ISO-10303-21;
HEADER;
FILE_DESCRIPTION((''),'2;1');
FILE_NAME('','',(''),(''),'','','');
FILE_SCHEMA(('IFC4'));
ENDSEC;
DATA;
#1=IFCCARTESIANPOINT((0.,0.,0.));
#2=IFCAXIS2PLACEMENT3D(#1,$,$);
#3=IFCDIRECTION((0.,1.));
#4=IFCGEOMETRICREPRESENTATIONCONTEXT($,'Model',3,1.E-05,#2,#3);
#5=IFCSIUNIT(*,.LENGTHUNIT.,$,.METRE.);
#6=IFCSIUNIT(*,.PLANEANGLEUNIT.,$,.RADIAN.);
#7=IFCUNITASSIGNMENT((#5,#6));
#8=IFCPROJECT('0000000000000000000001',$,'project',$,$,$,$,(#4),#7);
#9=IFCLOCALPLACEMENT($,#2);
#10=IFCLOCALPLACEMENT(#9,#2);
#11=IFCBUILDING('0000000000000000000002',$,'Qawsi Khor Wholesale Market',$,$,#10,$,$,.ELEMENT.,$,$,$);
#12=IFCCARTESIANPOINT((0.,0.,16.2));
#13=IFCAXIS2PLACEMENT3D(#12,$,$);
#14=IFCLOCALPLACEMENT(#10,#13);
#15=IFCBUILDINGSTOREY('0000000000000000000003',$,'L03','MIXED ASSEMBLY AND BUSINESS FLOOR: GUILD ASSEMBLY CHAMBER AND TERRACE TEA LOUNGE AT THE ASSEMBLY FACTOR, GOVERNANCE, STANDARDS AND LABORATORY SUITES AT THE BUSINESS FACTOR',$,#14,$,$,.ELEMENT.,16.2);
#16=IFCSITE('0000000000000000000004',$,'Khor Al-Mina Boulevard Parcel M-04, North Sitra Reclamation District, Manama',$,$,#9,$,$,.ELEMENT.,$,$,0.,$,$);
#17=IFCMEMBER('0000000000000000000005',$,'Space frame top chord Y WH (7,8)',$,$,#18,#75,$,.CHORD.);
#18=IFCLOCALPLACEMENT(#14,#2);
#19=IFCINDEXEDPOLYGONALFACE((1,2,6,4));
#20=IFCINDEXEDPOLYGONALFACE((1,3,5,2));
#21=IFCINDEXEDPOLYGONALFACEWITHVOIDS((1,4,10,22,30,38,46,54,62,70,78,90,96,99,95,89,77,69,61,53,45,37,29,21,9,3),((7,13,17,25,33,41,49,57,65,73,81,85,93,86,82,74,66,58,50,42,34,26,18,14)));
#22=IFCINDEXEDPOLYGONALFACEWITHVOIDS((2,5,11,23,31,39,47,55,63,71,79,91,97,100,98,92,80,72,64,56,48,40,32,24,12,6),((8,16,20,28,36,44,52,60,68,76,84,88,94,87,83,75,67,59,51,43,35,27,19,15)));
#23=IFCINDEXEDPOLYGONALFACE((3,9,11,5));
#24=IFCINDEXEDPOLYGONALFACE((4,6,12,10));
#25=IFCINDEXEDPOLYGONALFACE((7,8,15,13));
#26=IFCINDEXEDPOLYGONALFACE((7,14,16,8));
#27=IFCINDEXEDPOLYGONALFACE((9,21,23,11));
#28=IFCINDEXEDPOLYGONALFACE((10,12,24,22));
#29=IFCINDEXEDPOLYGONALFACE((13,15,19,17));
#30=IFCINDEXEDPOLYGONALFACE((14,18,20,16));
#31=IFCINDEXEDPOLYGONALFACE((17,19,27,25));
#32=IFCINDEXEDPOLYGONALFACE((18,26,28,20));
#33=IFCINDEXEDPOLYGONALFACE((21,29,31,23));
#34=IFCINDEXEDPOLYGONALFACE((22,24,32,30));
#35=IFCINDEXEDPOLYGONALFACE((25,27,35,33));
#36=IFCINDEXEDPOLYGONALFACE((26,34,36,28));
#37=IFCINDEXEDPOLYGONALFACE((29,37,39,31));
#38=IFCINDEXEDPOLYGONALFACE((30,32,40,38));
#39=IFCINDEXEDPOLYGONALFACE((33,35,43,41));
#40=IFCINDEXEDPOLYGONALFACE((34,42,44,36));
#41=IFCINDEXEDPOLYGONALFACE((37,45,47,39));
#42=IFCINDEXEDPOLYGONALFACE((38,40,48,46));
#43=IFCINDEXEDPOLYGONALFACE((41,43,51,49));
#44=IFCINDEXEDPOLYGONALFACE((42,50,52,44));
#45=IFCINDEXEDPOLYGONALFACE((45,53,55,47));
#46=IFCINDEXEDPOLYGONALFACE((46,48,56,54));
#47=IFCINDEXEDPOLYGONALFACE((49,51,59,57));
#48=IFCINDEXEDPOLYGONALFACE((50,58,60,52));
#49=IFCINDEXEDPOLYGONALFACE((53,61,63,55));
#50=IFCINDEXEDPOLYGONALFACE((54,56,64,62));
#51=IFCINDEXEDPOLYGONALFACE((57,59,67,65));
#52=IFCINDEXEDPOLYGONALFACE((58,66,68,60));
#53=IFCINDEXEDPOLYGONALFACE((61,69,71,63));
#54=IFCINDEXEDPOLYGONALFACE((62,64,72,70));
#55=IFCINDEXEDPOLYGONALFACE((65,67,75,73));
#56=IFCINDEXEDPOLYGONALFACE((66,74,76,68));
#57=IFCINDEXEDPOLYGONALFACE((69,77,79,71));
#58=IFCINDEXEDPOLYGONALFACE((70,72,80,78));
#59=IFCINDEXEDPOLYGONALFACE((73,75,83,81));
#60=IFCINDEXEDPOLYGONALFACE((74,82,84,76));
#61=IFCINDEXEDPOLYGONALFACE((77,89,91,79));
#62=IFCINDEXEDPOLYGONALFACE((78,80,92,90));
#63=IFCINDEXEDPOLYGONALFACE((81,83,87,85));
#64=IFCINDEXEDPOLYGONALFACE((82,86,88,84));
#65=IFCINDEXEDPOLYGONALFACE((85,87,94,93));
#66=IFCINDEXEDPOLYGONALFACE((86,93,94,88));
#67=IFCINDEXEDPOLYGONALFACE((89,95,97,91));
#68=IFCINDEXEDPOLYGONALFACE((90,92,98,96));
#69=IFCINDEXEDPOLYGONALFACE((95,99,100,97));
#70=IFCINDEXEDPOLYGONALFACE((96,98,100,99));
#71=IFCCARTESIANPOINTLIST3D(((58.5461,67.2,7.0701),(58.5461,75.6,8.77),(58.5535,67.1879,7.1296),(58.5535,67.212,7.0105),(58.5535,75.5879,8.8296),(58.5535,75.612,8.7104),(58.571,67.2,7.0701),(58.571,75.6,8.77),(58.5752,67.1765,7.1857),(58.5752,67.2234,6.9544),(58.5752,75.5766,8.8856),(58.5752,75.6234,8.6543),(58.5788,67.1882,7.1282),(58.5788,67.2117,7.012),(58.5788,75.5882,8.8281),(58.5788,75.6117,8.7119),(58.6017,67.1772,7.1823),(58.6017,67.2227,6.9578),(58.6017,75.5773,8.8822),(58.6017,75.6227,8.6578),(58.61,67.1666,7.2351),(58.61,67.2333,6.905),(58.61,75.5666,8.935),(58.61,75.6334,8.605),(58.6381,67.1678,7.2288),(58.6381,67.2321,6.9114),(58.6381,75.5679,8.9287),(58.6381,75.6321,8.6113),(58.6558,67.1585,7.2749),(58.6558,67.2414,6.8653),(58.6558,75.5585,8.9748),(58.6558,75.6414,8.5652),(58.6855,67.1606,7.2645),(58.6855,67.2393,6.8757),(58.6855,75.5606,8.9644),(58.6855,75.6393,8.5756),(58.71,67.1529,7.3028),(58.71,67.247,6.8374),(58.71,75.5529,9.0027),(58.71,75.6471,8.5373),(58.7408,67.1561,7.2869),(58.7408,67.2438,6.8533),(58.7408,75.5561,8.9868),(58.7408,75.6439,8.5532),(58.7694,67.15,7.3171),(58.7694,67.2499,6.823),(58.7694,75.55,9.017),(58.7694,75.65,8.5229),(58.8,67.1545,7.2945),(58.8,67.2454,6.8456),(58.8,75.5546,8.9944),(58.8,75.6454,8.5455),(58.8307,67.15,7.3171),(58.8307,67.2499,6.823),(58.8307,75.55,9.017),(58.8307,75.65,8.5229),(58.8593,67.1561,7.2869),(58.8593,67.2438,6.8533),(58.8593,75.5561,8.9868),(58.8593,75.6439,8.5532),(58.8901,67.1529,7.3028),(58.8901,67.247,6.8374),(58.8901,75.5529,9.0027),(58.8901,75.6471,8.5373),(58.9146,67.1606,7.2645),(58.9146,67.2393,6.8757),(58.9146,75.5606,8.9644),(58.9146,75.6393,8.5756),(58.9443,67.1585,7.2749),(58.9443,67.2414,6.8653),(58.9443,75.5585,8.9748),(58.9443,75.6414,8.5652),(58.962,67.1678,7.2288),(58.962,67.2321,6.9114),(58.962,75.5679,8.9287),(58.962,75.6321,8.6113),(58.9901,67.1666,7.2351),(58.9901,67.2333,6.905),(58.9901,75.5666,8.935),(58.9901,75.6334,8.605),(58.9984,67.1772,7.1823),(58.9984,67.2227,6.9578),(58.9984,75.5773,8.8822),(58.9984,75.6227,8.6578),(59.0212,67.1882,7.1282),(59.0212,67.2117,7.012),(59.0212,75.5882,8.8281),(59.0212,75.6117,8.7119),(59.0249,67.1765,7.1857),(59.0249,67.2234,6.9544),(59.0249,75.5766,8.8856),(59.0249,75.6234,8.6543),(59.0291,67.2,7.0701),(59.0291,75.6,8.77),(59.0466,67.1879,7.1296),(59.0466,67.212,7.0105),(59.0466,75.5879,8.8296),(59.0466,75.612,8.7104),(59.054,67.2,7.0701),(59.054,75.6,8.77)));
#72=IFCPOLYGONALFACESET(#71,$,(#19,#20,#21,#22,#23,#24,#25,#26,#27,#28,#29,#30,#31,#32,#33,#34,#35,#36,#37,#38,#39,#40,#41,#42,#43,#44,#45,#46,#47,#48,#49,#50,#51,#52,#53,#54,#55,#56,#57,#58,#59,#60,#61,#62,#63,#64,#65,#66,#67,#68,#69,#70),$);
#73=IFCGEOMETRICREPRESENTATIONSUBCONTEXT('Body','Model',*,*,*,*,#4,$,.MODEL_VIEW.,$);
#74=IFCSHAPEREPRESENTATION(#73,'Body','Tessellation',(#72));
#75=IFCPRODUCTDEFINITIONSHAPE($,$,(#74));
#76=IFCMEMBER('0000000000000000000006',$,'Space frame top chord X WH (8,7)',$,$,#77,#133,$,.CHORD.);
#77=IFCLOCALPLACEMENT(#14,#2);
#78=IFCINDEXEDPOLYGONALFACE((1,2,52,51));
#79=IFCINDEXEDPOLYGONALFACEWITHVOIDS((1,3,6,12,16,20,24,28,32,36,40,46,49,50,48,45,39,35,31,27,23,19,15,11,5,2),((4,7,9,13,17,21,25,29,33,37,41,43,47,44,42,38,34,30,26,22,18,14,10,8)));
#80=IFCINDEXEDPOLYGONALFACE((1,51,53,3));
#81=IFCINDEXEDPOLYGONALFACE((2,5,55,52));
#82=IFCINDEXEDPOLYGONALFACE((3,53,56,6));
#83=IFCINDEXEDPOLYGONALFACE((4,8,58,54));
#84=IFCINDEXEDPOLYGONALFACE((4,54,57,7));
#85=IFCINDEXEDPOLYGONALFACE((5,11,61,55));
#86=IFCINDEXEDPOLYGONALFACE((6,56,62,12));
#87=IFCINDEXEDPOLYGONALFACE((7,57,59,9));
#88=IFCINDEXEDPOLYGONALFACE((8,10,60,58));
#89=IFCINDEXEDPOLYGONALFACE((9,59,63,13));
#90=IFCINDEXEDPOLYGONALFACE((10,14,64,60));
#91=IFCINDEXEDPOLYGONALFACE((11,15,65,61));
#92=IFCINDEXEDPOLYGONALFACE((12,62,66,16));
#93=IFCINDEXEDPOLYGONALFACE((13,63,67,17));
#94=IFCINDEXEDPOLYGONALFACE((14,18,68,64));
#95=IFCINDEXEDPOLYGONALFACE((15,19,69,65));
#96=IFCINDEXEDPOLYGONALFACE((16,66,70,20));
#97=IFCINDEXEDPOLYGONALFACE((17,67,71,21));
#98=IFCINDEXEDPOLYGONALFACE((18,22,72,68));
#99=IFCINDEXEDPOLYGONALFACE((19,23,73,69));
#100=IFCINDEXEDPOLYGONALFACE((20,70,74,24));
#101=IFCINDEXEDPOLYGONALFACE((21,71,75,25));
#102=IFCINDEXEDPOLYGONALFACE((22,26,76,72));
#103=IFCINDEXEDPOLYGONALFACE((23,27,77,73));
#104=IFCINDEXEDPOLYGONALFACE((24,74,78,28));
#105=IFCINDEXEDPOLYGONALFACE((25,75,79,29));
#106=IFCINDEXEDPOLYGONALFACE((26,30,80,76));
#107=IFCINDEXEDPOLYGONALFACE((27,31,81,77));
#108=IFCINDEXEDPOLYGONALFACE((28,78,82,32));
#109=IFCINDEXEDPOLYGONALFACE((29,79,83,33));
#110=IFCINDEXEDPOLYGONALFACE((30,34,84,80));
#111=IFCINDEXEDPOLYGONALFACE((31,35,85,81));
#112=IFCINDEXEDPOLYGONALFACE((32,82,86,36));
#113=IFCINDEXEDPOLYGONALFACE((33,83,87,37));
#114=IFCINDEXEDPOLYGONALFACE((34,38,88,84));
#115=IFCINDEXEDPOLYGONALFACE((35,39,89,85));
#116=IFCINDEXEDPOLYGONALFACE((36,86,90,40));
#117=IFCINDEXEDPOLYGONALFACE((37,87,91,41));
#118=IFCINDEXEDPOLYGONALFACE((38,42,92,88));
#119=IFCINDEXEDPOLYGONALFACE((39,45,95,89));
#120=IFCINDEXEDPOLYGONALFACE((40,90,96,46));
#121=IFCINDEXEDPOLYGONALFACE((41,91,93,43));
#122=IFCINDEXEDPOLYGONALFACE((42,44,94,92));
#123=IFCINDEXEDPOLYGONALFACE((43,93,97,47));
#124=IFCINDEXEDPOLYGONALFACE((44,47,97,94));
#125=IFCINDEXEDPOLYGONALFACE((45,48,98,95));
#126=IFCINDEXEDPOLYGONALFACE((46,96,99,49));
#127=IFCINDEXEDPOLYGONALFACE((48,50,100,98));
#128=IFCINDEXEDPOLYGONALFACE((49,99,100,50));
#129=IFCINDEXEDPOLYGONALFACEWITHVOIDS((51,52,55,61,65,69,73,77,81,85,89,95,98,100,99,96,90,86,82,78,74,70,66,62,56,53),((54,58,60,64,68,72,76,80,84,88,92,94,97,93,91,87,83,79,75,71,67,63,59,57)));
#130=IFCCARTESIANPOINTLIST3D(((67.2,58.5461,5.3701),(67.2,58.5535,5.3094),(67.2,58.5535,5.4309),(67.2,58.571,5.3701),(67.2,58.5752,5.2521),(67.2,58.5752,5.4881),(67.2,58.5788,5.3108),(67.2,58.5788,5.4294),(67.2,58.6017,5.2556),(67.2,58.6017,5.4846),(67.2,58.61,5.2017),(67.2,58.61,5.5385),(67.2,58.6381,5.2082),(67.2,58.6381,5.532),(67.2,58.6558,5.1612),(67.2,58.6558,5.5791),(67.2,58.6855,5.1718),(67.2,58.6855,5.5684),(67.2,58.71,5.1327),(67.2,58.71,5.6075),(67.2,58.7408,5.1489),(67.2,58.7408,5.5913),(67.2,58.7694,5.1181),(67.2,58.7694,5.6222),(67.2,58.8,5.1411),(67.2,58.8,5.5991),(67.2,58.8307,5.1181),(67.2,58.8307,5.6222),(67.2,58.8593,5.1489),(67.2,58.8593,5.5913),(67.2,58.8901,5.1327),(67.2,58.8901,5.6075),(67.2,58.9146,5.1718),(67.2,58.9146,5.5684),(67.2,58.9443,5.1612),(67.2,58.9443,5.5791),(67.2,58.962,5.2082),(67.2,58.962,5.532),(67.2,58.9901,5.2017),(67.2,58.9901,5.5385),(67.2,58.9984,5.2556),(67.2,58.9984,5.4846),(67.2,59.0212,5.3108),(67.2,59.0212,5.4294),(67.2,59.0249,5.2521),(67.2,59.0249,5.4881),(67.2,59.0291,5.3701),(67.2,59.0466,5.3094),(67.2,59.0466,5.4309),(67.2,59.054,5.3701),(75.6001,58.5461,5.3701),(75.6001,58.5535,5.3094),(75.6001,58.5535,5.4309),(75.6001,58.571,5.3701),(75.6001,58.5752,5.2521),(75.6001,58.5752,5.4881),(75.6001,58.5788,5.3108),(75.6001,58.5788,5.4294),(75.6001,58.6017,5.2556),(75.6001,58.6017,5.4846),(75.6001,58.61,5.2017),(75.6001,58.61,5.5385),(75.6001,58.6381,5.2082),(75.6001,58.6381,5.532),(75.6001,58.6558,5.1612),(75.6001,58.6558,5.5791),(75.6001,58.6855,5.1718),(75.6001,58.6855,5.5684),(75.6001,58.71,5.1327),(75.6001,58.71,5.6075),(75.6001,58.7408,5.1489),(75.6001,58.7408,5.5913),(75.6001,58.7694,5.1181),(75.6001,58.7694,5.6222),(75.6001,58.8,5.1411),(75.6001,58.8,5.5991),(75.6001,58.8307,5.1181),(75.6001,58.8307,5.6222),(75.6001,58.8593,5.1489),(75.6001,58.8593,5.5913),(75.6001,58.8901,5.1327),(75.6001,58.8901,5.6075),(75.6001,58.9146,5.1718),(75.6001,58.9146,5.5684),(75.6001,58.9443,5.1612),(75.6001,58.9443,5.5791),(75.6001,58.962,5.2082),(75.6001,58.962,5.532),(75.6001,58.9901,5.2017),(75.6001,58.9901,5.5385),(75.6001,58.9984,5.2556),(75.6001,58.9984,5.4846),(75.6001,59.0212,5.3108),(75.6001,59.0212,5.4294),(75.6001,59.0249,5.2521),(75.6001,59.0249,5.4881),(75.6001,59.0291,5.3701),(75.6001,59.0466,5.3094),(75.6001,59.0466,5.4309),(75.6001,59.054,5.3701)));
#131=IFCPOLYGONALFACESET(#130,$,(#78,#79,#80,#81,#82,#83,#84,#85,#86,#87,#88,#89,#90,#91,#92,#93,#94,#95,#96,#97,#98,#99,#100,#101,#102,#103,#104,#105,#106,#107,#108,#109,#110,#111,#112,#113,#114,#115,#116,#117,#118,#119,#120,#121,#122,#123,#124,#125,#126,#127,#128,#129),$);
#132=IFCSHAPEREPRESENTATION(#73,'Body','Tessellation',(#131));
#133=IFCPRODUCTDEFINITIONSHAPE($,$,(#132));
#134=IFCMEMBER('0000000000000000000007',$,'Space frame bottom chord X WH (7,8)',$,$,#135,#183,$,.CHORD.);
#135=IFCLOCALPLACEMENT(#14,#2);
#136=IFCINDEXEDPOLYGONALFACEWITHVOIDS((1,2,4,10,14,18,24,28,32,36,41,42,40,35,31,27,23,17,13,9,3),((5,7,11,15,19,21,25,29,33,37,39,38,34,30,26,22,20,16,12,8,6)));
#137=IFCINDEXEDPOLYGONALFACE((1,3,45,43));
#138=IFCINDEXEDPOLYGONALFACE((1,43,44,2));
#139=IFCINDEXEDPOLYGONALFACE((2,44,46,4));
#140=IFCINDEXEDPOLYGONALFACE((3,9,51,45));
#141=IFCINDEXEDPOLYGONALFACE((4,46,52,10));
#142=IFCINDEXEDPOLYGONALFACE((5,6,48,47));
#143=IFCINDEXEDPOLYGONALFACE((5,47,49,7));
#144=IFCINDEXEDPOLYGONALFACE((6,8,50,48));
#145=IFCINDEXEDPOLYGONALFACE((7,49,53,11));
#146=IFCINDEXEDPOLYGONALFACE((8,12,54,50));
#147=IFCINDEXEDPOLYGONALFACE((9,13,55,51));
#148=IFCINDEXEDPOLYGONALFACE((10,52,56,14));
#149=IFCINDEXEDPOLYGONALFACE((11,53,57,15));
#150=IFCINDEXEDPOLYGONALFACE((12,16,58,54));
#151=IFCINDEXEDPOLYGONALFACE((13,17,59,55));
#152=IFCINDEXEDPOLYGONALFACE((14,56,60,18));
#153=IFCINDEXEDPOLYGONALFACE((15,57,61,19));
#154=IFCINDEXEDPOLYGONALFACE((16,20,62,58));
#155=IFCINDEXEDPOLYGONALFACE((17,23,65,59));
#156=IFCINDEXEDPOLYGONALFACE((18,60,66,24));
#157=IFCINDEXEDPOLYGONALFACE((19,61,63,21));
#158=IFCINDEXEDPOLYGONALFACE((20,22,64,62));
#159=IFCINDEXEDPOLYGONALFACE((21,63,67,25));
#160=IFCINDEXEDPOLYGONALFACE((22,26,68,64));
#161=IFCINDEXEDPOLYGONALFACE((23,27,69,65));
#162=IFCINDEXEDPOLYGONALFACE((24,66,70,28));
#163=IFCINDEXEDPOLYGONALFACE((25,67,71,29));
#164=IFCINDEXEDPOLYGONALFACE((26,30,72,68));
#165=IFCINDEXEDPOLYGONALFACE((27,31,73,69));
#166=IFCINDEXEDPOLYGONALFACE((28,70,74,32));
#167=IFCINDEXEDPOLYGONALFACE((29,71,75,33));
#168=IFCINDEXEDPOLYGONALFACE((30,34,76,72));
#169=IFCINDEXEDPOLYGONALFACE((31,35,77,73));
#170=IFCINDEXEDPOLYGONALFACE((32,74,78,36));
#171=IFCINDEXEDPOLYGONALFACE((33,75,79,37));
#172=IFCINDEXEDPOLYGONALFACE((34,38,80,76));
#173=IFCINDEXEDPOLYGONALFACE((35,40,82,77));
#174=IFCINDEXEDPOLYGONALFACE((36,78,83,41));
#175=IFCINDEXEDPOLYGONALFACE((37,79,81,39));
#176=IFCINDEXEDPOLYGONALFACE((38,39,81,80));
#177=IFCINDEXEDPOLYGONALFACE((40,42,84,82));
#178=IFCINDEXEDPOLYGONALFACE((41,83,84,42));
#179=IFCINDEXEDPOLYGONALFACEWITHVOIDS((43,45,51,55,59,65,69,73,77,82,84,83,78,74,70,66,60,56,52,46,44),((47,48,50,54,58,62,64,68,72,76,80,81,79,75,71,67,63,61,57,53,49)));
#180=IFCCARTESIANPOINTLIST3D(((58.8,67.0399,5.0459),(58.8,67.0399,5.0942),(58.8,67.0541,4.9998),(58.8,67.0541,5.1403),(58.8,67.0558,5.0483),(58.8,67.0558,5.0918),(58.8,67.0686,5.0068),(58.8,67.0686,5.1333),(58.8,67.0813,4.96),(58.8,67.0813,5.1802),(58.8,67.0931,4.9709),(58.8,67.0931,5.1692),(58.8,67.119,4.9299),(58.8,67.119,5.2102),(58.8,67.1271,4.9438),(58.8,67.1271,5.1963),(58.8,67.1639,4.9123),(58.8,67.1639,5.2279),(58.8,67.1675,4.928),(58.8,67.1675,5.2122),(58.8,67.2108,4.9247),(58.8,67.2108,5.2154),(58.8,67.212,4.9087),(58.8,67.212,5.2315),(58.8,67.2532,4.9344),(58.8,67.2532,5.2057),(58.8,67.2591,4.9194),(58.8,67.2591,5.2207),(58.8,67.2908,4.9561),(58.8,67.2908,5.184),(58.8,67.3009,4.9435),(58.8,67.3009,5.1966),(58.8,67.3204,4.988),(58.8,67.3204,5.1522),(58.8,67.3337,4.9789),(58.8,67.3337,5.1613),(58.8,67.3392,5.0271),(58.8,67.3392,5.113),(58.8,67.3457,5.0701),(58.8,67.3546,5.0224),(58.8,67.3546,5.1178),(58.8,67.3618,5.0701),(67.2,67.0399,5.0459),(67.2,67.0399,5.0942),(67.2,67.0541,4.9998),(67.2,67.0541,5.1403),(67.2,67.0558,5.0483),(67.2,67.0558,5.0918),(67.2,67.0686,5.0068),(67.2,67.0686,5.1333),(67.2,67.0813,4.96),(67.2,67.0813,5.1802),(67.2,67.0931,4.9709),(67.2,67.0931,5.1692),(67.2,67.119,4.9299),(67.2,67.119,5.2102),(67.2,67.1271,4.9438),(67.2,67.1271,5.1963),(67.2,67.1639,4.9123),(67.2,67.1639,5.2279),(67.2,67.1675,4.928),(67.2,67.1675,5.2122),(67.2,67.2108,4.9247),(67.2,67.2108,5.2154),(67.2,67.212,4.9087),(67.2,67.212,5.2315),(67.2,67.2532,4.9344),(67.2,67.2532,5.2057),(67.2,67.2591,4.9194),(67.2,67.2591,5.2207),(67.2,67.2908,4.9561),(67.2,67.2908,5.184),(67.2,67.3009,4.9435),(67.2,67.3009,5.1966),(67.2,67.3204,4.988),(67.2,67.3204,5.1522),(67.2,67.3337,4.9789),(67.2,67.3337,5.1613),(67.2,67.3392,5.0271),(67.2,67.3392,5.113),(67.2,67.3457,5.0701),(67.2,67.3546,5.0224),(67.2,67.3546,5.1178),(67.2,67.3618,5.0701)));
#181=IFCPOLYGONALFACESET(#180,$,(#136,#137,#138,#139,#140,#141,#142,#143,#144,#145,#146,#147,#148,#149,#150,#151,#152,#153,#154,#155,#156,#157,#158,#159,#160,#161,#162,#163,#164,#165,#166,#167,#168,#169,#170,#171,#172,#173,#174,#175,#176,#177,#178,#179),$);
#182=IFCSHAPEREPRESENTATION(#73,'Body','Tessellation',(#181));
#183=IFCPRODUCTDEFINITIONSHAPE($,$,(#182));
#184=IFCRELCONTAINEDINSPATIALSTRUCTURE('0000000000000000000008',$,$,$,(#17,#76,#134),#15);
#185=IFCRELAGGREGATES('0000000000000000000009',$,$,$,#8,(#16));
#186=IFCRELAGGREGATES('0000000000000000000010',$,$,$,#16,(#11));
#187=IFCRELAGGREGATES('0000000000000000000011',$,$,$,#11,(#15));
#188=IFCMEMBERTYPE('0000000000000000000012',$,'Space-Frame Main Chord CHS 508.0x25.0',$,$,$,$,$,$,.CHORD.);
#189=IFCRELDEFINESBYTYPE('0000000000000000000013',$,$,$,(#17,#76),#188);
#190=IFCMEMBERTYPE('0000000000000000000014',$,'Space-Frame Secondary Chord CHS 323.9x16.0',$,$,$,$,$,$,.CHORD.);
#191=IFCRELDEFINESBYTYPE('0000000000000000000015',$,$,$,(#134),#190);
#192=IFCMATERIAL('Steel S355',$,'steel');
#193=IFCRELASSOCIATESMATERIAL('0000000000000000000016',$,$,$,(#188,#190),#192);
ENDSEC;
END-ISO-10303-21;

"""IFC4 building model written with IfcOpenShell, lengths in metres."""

from ifc_helpers import new_model, si_unit, direction, frame, origin, origin_2d, place, context, subcontext, project, spatial, hollow_circle, extrude, material, material_profile, profile_set, type_object, element, save


model = new_model("IFC4")

# Units and contexts
model_context = context("Model", 3, precision=1e-05, world=origin(), true_north=direction((0.0, 1.0)))
body_context = subcontext(model_context, "Body", "Model", "MODEL_VIEW")
ifc_project = project(units=[si_unit("LENGTHUNIT", "METRE"), si_unit("PLANEANGLEUNIT", "RADIAN")], contexts=[model_context])

# Site, building, storey
site_placement = place(None, origin())
site = spatial("IfcSite", under=ifc_project, at=site_placement, Name="Khor Al-Mina Boulevard Parcel M-04, North Sitra Reclamation District, Manama", CompositionType="ELEMENT", RefElevation=0.0)
building_placement = place(site_placement, origin())
building = spatial("IfcBuilding", under=site, at=building_placement, Name="Qawsi Khor Wholesale Market", CompositionType="ELEMENT")
storey_placement = place(building_placement, frame((0.0, 0.0, 16.2)))
storey = spatial("IfcBuildingStorey", under=building, at=storey_placement, Name="L03", Description="MIXED ASSEMBLY AND BUSINESS FLOOR: GUILD ASSEMBLY CHAMBER AND TERRACE TEA LOUNGE AT THE ASSEMBLY FACTOR, GOVERNANCE, STANDARDS AND LABORATORY SUITES AT THE BUSINESS FACTOR", CompositionType="ELEMENT", Elevation=16.2)

# Members
ifc_material_1 = material(Name="Steel S355", Category="steel")
ifc_material_profile_1 = material_profile(ifc_material_1, hollow_circle(Radius=0.2539, WallThickness=0.0249, at=origin_2d()), Name="CHS 508.0x25.0")
ifc_profile_set_1 = profile_set([ifc_material_profile_1], Name="Steel S355")
member_type_1 = type_object("IfcMemberType", Name="Space-Frame Main Chord CHS 508.0x25.0", PredefinedType="CHORD", material=ifc_profile_set_1)
member_1_placement = place(storey_placement, frame((58.8, 67.2, 7.0701), z_axis=(0.0, 0.980131, 0.198351), x_axis=(-1.0, 0.0, 0.0)))
element("IfcMember", 1, at=member_1_placement, inside=storey, type_object=member_type_1, Name="Space frame top chord Y WH (7,8)", PredefinedType="CHORD", context=body_context, shape_type="SweptSolid", body=[
    extrude(hollow_circle(Radius=0.2539, WallThickness=0.0249, at=origin_2d()), origin(), (0.0, 0.0, 1.0), 8.5703),
])
member_2_placement = place(storey_placement, frame((67.2, 58.8, 5.3701), z_axis=(1.0, 0.0, 0.0), x_axis=(0.0, 1.0, 0.0)))
element("IfcMember", 2, at=member_2_placement, inside=storey, type_object=member_type_1, Name="Space frame top chord X WH (8,7)", PredefinedType="CHORD", context=body_context, shape_type="SweptSolid", body=[
    extrude(hollow_circle(Radius=0.2539, WallThickness=0.0249, at=origin_2d()), origin(), (0.0, 0.0, 1.0), 8.4001),
])
ifc_material_profile_2 = material_profile(ifc_material_1, hollow_circle(Radius=0.1619, WallThickness=0.0161, at=origin_2d()), Name="CHS 323.9x16.0")
ifc_profile_set_2 = profile_set([ifc_material_profile_2], Name="Steel S355")
member_type_2 = type_object("IfcMemberType", Name="Space-Frame Secondary Chord CHS 323.9x16.0", PredefinedType="CHORD", material=ifc_profile_set_2)
member_3_placement = place(storey_placement, frame((58.8, 67.2, 5.0701), z_axis=(1.0, 0.0, 0.0), x_axis=(0.0, 1.0, 0.0)))
element("IfcMember", 3, at=member_3_placement, inside=storey, type_object=member_type_2, Name="Space frame bottom chord X WH (7,8)", PredefinedType="CHORD", context=body_context, shape_type="SweptSolid", body=[
    extrude(hollow_circle(Radius=0.1619, WallThickness=0.0161, at=origin_2d()), origin(), (0.0, 0.0, 1.0), 8.3999),
])

save(model, "model.ifc")
